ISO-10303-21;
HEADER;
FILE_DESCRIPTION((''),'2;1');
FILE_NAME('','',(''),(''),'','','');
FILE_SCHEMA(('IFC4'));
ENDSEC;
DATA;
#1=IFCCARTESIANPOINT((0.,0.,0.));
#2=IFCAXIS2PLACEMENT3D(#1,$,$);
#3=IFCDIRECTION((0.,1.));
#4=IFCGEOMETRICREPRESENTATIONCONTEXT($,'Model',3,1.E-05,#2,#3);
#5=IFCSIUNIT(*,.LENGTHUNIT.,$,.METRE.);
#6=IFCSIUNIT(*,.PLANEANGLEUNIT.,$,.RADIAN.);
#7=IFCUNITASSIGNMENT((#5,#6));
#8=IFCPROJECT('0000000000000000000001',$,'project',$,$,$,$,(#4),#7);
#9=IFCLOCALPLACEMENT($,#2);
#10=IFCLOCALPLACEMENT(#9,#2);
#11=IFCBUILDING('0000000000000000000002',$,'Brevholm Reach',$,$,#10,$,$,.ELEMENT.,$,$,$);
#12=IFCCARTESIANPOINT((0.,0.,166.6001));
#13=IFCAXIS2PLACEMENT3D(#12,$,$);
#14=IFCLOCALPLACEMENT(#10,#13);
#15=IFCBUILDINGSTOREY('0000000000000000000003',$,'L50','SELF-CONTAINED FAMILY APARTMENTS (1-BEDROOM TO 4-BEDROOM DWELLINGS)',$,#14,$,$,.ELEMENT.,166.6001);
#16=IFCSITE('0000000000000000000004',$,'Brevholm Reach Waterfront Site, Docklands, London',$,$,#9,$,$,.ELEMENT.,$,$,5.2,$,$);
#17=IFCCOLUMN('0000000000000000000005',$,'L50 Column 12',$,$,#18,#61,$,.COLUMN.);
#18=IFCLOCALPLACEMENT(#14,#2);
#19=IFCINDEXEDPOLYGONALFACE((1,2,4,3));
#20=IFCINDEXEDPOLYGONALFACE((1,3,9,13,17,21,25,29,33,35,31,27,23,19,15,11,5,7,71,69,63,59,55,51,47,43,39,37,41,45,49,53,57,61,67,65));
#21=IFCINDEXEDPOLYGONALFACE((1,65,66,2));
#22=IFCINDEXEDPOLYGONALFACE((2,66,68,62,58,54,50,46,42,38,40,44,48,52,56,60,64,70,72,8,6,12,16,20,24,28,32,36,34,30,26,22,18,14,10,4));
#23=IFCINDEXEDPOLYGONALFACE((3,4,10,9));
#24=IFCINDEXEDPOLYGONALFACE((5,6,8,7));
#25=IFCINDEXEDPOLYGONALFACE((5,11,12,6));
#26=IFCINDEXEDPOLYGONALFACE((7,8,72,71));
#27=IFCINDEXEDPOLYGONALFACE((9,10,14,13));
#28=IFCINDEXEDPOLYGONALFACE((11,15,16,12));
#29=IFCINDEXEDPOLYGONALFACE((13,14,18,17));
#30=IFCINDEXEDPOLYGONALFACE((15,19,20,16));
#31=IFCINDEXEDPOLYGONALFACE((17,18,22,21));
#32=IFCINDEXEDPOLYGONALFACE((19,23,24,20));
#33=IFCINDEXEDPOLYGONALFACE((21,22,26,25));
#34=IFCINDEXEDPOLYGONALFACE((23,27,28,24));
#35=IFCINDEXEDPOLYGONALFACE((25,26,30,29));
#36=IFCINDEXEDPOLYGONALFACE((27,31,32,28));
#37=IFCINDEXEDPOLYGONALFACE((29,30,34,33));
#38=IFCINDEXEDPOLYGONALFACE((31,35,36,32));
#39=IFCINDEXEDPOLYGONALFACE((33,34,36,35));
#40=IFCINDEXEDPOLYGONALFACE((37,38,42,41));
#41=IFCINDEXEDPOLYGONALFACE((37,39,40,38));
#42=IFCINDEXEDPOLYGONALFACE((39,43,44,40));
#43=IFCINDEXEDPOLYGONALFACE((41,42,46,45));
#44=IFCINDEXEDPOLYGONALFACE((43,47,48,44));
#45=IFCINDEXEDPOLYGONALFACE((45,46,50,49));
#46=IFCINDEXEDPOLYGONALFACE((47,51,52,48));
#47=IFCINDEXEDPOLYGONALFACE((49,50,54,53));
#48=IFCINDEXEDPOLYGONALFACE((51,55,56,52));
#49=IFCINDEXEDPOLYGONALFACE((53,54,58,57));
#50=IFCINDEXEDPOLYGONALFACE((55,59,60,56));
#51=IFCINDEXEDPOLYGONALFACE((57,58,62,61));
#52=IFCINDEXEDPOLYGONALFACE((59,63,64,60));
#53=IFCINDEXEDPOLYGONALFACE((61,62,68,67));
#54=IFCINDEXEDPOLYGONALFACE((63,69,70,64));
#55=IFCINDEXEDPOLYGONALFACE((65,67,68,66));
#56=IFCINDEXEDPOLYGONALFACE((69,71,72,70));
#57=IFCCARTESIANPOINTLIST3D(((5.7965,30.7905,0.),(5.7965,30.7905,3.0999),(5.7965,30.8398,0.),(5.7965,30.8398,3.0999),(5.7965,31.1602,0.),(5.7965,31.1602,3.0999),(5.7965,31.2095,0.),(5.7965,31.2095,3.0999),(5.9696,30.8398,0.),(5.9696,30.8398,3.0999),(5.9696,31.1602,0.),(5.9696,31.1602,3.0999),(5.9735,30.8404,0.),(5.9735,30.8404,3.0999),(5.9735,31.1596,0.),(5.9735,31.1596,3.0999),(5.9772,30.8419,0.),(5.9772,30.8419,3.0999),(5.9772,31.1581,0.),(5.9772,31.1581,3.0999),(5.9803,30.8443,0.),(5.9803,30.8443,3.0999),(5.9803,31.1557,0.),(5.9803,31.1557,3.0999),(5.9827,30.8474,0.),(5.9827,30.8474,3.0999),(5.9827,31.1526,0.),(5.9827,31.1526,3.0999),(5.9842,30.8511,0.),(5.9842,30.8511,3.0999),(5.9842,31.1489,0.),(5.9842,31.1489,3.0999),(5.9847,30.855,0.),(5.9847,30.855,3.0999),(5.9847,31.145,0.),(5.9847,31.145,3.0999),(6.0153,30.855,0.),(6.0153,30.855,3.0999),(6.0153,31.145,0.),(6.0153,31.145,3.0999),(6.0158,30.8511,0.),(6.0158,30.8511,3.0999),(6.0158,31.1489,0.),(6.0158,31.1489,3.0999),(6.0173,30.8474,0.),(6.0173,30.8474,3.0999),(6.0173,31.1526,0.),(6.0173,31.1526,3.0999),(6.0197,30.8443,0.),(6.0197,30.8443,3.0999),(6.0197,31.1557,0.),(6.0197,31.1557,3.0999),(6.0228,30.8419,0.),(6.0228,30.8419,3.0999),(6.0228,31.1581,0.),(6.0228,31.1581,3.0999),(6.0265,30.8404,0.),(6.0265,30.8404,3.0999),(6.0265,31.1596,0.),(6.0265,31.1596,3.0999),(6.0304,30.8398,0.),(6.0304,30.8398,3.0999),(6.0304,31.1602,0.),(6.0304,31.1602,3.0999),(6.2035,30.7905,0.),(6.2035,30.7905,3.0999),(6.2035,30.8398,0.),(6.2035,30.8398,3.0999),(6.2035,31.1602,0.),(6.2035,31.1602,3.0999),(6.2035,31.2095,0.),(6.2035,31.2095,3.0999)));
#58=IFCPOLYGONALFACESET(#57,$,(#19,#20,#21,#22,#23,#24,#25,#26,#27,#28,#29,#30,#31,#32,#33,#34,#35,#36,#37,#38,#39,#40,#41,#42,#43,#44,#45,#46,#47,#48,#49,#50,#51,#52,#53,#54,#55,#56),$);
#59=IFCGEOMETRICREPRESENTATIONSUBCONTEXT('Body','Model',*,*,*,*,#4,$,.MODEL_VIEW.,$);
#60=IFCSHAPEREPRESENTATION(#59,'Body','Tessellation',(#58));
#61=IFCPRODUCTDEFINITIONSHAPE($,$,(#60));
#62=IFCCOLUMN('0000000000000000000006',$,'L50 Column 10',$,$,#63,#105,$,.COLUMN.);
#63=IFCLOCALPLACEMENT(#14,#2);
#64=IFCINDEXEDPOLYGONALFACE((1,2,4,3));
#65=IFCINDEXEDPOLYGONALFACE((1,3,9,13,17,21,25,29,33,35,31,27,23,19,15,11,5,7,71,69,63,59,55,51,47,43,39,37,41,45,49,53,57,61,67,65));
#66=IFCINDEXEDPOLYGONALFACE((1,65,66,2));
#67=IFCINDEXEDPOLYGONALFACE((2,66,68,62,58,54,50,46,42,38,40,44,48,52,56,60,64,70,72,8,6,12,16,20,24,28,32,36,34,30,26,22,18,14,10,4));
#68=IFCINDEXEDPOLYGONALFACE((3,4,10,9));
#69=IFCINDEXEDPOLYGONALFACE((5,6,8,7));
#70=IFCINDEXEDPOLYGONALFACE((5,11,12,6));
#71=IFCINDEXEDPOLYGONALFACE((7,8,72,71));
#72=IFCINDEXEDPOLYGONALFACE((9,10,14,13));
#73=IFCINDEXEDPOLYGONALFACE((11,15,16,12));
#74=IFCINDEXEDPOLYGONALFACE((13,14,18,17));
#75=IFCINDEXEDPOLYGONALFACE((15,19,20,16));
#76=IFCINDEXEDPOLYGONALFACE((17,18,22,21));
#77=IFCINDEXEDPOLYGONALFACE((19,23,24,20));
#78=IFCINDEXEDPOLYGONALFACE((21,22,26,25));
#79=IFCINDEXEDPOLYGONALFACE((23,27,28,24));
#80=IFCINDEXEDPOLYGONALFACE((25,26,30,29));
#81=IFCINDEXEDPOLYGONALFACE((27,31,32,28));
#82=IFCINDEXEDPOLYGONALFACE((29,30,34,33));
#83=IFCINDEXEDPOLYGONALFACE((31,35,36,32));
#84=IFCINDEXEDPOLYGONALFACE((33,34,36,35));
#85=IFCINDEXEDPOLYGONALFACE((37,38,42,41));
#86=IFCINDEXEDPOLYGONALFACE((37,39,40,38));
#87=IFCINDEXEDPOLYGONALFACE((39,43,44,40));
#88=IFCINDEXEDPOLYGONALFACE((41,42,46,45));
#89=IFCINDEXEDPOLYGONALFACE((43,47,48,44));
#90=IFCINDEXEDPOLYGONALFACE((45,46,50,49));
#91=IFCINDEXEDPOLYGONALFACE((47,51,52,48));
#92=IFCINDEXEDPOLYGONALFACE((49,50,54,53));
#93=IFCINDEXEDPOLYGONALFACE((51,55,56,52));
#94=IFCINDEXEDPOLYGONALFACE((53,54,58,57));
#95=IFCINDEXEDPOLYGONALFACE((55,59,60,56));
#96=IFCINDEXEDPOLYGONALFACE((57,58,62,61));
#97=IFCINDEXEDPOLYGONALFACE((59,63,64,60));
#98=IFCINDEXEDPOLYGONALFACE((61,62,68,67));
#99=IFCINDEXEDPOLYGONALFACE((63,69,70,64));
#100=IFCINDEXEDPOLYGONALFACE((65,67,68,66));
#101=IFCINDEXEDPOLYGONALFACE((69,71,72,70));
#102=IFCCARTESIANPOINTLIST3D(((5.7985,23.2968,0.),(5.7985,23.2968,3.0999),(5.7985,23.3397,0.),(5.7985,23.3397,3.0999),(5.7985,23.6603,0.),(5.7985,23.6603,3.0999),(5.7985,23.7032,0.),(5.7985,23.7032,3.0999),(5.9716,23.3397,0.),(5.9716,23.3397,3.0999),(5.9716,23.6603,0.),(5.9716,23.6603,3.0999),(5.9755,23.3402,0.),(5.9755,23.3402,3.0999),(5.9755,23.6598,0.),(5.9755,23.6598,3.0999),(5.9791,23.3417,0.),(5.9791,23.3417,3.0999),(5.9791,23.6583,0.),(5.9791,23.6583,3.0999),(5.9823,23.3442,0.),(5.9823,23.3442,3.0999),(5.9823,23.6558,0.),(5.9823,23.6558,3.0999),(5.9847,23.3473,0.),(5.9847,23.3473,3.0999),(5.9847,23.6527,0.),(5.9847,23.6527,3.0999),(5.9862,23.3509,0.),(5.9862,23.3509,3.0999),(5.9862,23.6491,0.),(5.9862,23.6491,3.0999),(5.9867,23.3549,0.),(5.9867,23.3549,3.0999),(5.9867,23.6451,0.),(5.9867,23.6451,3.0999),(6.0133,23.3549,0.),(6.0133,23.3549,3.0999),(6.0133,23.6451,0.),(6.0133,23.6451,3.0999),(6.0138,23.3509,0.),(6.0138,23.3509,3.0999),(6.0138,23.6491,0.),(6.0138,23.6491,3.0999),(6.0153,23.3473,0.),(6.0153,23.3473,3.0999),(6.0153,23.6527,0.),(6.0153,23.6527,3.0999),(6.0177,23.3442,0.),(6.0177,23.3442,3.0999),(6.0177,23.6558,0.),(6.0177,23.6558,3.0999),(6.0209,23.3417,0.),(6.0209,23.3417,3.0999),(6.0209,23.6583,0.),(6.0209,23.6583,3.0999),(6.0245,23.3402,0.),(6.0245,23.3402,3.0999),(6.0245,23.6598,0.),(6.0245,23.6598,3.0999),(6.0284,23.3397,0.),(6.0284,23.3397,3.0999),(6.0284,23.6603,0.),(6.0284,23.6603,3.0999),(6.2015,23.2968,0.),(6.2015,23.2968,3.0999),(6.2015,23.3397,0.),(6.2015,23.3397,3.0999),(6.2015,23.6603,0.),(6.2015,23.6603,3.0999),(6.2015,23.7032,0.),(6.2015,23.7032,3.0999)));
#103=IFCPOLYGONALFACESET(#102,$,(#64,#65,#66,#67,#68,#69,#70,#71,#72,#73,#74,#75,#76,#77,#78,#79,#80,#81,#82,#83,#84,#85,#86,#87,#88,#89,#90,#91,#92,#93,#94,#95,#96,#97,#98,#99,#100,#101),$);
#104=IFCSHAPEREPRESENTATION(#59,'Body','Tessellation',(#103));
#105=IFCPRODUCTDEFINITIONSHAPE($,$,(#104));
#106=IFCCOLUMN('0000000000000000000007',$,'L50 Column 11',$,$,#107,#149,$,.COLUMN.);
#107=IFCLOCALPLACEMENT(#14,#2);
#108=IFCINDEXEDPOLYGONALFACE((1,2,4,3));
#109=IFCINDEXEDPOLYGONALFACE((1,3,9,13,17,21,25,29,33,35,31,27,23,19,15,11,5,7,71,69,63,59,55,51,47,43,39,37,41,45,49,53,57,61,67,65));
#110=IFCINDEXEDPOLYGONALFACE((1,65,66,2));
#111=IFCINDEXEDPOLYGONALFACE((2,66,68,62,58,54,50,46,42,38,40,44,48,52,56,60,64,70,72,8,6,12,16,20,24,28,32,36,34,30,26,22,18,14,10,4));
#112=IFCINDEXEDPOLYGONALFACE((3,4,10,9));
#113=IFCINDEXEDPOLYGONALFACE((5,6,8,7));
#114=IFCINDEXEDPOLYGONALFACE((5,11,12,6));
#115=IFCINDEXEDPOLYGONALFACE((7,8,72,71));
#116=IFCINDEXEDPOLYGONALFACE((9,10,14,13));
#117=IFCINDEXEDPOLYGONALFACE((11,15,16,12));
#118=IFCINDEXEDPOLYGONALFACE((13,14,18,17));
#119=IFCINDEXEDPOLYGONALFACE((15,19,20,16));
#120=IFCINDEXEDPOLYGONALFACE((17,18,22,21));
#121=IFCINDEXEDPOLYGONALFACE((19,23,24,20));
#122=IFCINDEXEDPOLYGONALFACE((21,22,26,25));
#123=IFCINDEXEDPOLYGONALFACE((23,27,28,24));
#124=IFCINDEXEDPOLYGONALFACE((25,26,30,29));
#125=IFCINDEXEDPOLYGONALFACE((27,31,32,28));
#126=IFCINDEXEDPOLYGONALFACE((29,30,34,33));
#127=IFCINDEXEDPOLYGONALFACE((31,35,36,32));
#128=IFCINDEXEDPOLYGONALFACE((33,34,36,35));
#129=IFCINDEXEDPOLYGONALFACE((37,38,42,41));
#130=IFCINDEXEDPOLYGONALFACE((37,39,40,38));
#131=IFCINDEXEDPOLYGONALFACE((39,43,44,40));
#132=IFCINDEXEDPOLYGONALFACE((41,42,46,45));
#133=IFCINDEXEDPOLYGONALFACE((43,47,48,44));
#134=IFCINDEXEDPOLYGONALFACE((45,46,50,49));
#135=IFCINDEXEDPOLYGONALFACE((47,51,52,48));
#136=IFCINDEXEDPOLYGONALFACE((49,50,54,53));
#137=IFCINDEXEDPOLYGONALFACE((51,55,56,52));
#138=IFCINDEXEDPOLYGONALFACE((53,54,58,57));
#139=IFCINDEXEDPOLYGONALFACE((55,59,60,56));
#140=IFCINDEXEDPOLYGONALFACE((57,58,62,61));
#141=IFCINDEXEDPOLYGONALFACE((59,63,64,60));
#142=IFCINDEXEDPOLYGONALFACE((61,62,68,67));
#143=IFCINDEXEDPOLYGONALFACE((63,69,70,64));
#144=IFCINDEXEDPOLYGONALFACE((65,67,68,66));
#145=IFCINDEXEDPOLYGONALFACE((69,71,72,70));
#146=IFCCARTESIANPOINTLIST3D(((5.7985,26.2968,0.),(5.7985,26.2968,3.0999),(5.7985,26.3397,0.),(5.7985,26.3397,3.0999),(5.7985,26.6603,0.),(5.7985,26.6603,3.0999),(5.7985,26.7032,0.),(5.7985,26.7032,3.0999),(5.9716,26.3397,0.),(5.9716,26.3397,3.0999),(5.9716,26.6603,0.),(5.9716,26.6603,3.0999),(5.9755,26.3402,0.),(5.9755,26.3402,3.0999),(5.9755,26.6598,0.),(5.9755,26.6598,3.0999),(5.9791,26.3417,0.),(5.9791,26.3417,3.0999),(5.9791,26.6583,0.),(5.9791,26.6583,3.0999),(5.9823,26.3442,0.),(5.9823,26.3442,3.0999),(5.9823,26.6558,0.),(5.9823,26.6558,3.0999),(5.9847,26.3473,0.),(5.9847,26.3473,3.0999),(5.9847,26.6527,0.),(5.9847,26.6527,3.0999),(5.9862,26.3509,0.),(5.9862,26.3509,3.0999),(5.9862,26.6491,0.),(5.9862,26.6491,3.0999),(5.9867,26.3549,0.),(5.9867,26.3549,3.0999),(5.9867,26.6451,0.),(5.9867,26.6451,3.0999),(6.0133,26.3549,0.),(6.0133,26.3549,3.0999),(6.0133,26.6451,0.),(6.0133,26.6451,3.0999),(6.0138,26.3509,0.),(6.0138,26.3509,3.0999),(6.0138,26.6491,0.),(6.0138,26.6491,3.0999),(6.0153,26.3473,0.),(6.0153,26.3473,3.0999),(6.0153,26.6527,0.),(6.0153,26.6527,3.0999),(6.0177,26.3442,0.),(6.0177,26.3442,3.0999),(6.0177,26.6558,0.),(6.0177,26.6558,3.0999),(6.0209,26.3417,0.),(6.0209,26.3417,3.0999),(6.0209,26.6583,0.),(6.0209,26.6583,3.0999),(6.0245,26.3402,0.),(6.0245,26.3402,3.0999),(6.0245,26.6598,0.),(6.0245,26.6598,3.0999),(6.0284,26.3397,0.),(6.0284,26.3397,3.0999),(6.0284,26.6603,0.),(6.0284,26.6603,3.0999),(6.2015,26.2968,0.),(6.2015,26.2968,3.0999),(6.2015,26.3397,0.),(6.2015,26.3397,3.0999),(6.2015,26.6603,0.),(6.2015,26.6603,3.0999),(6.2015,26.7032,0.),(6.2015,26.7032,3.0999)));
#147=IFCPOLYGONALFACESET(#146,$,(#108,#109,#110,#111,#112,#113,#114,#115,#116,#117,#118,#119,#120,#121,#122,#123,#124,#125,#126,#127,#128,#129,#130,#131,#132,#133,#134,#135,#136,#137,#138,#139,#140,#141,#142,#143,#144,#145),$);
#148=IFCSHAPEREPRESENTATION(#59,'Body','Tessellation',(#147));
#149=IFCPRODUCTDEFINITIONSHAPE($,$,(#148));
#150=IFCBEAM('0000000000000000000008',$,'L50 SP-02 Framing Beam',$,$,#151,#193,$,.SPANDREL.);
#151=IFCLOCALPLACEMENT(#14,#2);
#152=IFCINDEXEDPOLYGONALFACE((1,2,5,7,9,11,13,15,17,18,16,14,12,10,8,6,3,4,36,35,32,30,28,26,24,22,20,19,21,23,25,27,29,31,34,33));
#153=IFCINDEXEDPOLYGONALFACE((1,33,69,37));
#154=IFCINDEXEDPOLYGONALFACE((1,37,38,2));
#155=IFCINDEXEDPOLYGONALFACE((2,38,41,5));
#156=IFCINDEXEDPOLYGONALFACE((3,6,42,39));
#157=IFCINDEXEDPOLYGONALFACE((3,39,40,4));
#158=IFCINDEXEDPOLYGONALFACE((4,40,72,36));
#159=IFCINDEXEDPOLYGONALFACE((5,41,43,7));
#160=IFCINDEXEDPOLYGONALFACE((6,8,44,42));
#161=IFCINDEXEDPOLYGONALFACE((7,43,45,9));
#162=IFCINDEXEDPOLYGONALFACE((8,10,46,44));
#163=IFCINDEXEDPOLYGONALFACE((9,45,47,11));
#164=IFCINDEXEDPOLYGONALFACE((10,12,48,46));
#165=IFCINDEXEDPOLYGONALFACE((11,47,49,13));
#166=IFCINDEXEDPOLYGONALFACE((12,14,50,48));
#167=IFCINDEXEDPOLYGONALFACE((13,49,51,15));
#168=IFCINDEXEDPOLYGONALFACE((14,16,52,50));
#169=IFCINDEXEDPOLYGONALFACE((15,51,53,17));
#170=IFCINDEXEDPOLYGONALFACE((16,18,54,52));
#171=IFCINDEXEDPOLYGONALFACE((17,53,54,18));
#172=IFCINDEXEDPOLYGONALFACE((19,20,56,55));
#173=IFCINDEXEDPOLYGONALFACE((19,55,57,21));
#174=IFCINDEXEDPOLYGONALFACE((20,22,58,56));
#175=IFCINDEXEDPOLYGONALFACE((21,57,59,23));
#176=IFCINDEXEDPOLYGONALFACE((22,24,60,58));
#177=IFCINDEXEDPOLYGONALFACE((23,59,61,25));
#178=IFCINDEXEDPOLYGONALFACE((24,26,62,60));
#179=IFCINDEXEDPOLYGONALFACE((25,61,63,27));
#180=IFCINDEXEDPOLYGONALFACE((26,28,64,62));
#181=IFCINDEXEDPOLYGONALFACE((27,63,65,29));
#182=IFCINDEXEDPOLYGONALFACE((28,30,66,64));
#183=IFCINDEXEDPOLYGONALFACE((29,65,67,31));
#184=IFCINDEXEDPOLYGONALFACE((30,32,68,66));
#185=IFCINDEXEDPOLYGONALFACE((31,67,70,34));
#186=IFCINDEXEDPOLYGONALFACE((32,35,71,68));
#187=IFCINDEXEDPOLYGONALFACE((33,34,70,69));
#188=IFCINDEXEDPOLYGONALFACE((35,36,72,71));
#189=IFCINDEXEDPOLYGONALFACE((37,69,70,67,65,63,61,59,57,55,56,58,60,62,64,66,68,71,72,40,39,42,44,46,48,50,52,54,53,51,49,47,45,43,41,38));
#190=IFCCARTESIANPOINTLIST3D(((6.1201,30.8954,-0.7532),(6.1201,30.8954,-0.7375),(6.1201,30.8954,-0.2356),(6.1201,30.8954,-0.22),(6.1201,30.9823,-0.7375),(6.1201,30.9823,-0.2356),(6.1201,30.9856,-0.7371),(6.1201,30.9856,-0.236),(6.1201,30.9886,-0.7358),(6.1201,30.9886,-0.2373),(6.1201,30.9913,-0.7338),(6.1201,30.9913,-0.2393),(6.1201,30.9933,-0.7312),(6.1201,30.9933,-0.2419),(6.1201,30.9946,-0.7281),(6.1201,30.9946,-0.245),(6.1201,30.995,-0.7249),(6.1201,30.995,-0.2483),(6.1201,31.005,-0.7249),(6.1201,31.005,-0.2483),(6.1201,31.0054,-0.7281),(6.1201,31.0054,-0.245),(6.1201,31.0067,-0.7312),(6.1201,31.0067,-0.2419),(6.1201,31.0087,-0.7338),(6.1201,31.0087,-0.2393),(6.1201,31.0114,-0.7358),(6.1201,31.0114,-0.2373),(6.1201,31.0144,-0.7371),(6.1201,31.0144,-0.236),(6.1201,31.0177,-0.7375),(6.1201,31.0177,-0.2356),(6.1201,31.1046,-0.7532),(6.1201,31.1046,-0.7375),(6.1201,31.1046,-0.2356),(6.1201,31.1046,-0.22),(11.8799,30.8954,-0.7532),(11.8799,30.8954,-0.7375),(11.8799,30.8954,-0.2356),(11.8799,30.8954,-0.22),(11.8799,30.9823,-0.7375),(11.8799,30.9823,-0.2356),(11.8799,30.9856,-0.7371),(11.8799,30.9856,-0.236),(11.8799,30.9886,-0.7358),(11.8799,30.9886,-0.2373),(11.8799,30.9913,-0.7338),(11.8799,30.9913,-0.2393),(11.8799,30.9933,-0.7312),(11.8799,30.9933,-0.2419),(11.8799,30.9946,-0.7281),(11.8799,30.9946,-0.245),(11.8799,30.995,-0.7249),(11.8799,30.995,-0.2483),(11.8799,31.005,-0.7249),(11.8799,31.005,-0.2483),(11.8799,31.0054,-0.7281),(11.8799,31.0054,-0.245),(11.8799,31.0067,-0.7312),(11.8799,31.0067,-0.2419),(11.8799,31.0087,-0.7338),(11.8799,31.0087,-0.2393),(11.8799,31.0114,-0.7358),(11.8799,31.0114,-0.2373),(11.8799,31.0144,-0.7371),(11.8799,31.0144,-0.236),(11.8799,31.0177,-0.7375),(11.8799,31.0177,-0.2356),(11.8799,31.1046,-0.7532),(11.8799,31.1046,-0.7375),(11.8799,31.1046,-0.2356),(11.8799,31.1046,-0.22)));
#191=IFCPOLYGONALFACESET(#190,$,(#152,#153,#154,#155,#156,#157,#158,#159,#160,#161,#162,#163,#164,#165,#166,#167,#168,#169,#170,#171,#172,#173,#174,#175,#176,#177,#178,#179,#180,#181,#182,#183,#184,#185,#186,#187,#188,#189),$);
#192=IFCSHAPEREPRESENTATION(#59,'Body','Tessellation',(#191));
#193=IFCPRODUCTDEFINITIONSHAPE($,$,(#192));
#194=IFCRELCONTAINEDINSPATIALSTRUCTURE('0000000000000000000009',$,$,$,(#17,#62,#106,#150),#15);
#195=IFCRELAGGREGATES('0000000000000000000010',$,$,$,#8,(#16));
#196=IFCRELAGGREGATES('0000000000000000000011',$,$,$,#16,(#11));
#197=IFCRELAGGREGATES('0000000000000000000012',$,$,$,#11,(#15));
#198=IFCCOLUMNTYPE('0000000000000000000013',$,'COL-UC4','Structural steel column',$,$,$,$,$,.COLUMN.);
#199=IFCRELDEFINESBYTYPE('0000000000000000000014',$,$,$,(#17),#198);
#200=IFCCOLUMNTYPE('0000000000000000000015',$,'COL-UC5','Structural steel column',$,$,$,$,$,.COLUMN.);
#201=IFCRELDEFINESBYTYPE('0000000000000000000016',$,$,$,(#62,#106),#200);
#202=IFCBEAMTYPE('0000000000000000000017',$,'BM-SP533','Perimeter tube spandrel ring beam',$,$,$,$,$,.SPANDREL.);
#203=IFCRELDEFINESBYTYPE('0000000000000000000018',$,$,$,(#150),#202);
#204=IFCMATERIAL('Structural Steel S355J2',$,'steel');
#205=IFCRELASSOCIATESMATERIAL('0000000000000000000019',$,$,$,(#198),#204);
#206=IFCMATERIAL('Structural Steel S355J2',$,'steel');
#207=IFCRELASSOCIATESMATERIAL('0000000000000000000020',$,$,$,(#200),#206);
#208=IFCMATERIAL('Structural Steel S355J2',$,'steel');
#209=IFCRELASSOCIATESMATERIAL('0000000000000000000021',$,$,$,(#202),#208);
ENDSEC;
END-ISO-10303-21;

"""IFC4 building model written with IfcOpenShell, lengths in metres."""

from ifc_helpers import new_model, si_unit, direction, frame, origin, origin_2d, place, context, subcontext, project, spatial, i_section, extrude, material, material_profile, profile_set, type_object, element, save


model = new_model("IFC4")

# Units and contexts
model_context = context("Model", 3, precision=1e-05, world=origin(), true_north=direction((0.0, 1.0)))
body_context = subcontext(model_context, "Body", "Model", "MODEL_VIEW")
ifc_project = project(units=[si_unit("LENGTHUNIT", "METRE"), si_unit("PLANEANGLEUNIT", "RADIAN")], contexts=[model_context])

# Site, building, storey
site_placement = place(None, origin())
site = spatial("IfcSite", under=ifc_project, at=site_placement, Name="Brevholm Reach Waterfront Site, Docklands, London", CompositionType="ELEMENT", RefElevation=5.2)
building_placement = place(site_placement, origin())
building = spatial("IfcBuilding", under=site, at=building_placement, Name="Brevholm Reach", CompositionType="ELEMENT")
storey_placement = place(building_placement, frame((0.0, 0.0, 166.6001)))
storey = spatial("IfcBuildingStorey", under=building, at=storey_placement, Name="L50", Description="SELF-CONTAINED FAMILY APARTMENTS (1-BEDROOM TO 4-BEDROOM DWELLINGS)", CompositionType="ELEMENT", Elevation=166.6001)

# Columns
ifc_material_1 = material(Name="Structural Steel S355J2", Category="steel")
ifc_material_profile_1 = material_profile(ifc_material_1, i_section(OverallWidth=0.407, OverallDepth=0.4189, WebThickness=0.0305, FlangeThickness=0.0493, FilletRadius=0.0151, at=origin_2d()), Name="UKC 356x406x393")
ifc_profile_set_1 = profile_set([ifc_material_profile_1], Name="Structural Steel S355J2")
column_type_1 = type_object("IfcColumnType", Name="COL-UC4", Description="Structural steel column", PredefinedType="COLUMN", material=ifc_profile_set_1)
for number, where, z_axis, x_axis, name in (
    (1, (6.0, 31.0, 0.0), (0.0, 0.0, 1.0), (1.0, 0.0, 0.0), "L50 Column 12"),
):
    element("IfcColumn", number, at=place(storey_placement, frame(where, z_axis=z_axis, x_axis=x_axis)), inside=storey, type_object=column_type_1, Name=name, PredefinedType="COLUMN", context=body_context, shape_type="SweptSolid", body=[
        extrude(i_section(OverallWidth=0.407, OverallDepth=0.4189, WebThickness=0.0305, FlangeThickness=0.0493, FilletRadius=0.0151, at=origin_2d()), origin(), (0.0, 0.0, 1.0), 3.0999),
    ])
ifc_material_2 = material(Name="Structural Steel S355J2", Category="steel")
ifc_material_profile_2 = material_profile(ifc_material_2, i_section(OverallWidth=0.4031, OverallDepth=0.4065, WebThickness=0.0266, FlangeThickness=0.043, FilletRadius=0.0151, at=origin_2d()), Name="UKC 356x406x340")
ifc_profile_set_2 = profile_set([ifc_material_profile_2], Name="Structural Steel S355J2")
column_type_2 = type_object("IfcColumnType", Name="COL-UC5", Description="Structural steel column", PredefinedType="COLUMN", material=ifc_profile_set_2)
for number, where, z_axis, x_axis, name in (
    (2, (6.0, 23.5, 0.0), (0.0, 0.0, 1.0), (1.0, 0.0, 0.0), "L50 Column 10"),
    (3, (6.0, 26.5, 0.0), (0.0, 0.0, 1.0), (1.0, 0.0, 0.0), "L50 Column 11"),
):
    element("IfcColumn", number, at=place(storey_placement, frame(where, z_axis=z_axis, x_axis=x_axis)), inside=storey, type_object=column_type_2, Name=name, PredefinedType="COLUMN", context=body_context, shape_type="SweptSolid", body=[
        extrude(i_section(OverallWidth=0.4031, OverallDepth=0.4065, WebThickness=0.0266, FlangeThickness=0.043, FilletRadius=0.0151, at=origin_2d()), origin(), (0.0, 0.0, 1.0), 3.0999),
    ])

# Beam
ifc_material_3 = material(Name="Structural Steel S355J2", Category="steel")
ifc_material_profile_3 = material_profile(ifc_material_3, i_section(OverallWidth=0.2092, OverallDepth=0.5332, WebThickness=0.01, FlangeThickness=0.0156, FilletRadius=0.0127, at=origin_2d()), Name="UKB 533x210x92")
ifc_profile_set_3 = profile_set([ifc_material_profile_3], Name="Structural Steel S355J2")
beam_type_1 = type_object("IfcBeamType", Name="BM-SP533", Description="Perimeter tube spandrel ring beam", PredefinedType="SPANDREL", material=ifc_profile_set_3)
beam_1_placement = place(storey_placement, frame((6.1201, 31.0, -0.4866), z_axis=(1.0, 0.0, 0.0), x_axis=(0.0, 1.0, 0.0)))
element("IfcBeam", 4, at=beam_1_placement, inside=storey, type_object=beam_type_1, Name="L50 SP-02 Framing Beam", PredefinedType="SPANDREL", context=body_context, shape_type="SweptSolid", body=[
    extrude(i_section(OverallWidth=0.2092, OverallDepth=0.5332, WebThickness=0.01, FlangeThickness=0.0156, FilletRadius=0.0127, at=origin_2d()), origin(), (0.0, 0.0, 1.0), 5.7598),
])

save(model, "model.ifc")
